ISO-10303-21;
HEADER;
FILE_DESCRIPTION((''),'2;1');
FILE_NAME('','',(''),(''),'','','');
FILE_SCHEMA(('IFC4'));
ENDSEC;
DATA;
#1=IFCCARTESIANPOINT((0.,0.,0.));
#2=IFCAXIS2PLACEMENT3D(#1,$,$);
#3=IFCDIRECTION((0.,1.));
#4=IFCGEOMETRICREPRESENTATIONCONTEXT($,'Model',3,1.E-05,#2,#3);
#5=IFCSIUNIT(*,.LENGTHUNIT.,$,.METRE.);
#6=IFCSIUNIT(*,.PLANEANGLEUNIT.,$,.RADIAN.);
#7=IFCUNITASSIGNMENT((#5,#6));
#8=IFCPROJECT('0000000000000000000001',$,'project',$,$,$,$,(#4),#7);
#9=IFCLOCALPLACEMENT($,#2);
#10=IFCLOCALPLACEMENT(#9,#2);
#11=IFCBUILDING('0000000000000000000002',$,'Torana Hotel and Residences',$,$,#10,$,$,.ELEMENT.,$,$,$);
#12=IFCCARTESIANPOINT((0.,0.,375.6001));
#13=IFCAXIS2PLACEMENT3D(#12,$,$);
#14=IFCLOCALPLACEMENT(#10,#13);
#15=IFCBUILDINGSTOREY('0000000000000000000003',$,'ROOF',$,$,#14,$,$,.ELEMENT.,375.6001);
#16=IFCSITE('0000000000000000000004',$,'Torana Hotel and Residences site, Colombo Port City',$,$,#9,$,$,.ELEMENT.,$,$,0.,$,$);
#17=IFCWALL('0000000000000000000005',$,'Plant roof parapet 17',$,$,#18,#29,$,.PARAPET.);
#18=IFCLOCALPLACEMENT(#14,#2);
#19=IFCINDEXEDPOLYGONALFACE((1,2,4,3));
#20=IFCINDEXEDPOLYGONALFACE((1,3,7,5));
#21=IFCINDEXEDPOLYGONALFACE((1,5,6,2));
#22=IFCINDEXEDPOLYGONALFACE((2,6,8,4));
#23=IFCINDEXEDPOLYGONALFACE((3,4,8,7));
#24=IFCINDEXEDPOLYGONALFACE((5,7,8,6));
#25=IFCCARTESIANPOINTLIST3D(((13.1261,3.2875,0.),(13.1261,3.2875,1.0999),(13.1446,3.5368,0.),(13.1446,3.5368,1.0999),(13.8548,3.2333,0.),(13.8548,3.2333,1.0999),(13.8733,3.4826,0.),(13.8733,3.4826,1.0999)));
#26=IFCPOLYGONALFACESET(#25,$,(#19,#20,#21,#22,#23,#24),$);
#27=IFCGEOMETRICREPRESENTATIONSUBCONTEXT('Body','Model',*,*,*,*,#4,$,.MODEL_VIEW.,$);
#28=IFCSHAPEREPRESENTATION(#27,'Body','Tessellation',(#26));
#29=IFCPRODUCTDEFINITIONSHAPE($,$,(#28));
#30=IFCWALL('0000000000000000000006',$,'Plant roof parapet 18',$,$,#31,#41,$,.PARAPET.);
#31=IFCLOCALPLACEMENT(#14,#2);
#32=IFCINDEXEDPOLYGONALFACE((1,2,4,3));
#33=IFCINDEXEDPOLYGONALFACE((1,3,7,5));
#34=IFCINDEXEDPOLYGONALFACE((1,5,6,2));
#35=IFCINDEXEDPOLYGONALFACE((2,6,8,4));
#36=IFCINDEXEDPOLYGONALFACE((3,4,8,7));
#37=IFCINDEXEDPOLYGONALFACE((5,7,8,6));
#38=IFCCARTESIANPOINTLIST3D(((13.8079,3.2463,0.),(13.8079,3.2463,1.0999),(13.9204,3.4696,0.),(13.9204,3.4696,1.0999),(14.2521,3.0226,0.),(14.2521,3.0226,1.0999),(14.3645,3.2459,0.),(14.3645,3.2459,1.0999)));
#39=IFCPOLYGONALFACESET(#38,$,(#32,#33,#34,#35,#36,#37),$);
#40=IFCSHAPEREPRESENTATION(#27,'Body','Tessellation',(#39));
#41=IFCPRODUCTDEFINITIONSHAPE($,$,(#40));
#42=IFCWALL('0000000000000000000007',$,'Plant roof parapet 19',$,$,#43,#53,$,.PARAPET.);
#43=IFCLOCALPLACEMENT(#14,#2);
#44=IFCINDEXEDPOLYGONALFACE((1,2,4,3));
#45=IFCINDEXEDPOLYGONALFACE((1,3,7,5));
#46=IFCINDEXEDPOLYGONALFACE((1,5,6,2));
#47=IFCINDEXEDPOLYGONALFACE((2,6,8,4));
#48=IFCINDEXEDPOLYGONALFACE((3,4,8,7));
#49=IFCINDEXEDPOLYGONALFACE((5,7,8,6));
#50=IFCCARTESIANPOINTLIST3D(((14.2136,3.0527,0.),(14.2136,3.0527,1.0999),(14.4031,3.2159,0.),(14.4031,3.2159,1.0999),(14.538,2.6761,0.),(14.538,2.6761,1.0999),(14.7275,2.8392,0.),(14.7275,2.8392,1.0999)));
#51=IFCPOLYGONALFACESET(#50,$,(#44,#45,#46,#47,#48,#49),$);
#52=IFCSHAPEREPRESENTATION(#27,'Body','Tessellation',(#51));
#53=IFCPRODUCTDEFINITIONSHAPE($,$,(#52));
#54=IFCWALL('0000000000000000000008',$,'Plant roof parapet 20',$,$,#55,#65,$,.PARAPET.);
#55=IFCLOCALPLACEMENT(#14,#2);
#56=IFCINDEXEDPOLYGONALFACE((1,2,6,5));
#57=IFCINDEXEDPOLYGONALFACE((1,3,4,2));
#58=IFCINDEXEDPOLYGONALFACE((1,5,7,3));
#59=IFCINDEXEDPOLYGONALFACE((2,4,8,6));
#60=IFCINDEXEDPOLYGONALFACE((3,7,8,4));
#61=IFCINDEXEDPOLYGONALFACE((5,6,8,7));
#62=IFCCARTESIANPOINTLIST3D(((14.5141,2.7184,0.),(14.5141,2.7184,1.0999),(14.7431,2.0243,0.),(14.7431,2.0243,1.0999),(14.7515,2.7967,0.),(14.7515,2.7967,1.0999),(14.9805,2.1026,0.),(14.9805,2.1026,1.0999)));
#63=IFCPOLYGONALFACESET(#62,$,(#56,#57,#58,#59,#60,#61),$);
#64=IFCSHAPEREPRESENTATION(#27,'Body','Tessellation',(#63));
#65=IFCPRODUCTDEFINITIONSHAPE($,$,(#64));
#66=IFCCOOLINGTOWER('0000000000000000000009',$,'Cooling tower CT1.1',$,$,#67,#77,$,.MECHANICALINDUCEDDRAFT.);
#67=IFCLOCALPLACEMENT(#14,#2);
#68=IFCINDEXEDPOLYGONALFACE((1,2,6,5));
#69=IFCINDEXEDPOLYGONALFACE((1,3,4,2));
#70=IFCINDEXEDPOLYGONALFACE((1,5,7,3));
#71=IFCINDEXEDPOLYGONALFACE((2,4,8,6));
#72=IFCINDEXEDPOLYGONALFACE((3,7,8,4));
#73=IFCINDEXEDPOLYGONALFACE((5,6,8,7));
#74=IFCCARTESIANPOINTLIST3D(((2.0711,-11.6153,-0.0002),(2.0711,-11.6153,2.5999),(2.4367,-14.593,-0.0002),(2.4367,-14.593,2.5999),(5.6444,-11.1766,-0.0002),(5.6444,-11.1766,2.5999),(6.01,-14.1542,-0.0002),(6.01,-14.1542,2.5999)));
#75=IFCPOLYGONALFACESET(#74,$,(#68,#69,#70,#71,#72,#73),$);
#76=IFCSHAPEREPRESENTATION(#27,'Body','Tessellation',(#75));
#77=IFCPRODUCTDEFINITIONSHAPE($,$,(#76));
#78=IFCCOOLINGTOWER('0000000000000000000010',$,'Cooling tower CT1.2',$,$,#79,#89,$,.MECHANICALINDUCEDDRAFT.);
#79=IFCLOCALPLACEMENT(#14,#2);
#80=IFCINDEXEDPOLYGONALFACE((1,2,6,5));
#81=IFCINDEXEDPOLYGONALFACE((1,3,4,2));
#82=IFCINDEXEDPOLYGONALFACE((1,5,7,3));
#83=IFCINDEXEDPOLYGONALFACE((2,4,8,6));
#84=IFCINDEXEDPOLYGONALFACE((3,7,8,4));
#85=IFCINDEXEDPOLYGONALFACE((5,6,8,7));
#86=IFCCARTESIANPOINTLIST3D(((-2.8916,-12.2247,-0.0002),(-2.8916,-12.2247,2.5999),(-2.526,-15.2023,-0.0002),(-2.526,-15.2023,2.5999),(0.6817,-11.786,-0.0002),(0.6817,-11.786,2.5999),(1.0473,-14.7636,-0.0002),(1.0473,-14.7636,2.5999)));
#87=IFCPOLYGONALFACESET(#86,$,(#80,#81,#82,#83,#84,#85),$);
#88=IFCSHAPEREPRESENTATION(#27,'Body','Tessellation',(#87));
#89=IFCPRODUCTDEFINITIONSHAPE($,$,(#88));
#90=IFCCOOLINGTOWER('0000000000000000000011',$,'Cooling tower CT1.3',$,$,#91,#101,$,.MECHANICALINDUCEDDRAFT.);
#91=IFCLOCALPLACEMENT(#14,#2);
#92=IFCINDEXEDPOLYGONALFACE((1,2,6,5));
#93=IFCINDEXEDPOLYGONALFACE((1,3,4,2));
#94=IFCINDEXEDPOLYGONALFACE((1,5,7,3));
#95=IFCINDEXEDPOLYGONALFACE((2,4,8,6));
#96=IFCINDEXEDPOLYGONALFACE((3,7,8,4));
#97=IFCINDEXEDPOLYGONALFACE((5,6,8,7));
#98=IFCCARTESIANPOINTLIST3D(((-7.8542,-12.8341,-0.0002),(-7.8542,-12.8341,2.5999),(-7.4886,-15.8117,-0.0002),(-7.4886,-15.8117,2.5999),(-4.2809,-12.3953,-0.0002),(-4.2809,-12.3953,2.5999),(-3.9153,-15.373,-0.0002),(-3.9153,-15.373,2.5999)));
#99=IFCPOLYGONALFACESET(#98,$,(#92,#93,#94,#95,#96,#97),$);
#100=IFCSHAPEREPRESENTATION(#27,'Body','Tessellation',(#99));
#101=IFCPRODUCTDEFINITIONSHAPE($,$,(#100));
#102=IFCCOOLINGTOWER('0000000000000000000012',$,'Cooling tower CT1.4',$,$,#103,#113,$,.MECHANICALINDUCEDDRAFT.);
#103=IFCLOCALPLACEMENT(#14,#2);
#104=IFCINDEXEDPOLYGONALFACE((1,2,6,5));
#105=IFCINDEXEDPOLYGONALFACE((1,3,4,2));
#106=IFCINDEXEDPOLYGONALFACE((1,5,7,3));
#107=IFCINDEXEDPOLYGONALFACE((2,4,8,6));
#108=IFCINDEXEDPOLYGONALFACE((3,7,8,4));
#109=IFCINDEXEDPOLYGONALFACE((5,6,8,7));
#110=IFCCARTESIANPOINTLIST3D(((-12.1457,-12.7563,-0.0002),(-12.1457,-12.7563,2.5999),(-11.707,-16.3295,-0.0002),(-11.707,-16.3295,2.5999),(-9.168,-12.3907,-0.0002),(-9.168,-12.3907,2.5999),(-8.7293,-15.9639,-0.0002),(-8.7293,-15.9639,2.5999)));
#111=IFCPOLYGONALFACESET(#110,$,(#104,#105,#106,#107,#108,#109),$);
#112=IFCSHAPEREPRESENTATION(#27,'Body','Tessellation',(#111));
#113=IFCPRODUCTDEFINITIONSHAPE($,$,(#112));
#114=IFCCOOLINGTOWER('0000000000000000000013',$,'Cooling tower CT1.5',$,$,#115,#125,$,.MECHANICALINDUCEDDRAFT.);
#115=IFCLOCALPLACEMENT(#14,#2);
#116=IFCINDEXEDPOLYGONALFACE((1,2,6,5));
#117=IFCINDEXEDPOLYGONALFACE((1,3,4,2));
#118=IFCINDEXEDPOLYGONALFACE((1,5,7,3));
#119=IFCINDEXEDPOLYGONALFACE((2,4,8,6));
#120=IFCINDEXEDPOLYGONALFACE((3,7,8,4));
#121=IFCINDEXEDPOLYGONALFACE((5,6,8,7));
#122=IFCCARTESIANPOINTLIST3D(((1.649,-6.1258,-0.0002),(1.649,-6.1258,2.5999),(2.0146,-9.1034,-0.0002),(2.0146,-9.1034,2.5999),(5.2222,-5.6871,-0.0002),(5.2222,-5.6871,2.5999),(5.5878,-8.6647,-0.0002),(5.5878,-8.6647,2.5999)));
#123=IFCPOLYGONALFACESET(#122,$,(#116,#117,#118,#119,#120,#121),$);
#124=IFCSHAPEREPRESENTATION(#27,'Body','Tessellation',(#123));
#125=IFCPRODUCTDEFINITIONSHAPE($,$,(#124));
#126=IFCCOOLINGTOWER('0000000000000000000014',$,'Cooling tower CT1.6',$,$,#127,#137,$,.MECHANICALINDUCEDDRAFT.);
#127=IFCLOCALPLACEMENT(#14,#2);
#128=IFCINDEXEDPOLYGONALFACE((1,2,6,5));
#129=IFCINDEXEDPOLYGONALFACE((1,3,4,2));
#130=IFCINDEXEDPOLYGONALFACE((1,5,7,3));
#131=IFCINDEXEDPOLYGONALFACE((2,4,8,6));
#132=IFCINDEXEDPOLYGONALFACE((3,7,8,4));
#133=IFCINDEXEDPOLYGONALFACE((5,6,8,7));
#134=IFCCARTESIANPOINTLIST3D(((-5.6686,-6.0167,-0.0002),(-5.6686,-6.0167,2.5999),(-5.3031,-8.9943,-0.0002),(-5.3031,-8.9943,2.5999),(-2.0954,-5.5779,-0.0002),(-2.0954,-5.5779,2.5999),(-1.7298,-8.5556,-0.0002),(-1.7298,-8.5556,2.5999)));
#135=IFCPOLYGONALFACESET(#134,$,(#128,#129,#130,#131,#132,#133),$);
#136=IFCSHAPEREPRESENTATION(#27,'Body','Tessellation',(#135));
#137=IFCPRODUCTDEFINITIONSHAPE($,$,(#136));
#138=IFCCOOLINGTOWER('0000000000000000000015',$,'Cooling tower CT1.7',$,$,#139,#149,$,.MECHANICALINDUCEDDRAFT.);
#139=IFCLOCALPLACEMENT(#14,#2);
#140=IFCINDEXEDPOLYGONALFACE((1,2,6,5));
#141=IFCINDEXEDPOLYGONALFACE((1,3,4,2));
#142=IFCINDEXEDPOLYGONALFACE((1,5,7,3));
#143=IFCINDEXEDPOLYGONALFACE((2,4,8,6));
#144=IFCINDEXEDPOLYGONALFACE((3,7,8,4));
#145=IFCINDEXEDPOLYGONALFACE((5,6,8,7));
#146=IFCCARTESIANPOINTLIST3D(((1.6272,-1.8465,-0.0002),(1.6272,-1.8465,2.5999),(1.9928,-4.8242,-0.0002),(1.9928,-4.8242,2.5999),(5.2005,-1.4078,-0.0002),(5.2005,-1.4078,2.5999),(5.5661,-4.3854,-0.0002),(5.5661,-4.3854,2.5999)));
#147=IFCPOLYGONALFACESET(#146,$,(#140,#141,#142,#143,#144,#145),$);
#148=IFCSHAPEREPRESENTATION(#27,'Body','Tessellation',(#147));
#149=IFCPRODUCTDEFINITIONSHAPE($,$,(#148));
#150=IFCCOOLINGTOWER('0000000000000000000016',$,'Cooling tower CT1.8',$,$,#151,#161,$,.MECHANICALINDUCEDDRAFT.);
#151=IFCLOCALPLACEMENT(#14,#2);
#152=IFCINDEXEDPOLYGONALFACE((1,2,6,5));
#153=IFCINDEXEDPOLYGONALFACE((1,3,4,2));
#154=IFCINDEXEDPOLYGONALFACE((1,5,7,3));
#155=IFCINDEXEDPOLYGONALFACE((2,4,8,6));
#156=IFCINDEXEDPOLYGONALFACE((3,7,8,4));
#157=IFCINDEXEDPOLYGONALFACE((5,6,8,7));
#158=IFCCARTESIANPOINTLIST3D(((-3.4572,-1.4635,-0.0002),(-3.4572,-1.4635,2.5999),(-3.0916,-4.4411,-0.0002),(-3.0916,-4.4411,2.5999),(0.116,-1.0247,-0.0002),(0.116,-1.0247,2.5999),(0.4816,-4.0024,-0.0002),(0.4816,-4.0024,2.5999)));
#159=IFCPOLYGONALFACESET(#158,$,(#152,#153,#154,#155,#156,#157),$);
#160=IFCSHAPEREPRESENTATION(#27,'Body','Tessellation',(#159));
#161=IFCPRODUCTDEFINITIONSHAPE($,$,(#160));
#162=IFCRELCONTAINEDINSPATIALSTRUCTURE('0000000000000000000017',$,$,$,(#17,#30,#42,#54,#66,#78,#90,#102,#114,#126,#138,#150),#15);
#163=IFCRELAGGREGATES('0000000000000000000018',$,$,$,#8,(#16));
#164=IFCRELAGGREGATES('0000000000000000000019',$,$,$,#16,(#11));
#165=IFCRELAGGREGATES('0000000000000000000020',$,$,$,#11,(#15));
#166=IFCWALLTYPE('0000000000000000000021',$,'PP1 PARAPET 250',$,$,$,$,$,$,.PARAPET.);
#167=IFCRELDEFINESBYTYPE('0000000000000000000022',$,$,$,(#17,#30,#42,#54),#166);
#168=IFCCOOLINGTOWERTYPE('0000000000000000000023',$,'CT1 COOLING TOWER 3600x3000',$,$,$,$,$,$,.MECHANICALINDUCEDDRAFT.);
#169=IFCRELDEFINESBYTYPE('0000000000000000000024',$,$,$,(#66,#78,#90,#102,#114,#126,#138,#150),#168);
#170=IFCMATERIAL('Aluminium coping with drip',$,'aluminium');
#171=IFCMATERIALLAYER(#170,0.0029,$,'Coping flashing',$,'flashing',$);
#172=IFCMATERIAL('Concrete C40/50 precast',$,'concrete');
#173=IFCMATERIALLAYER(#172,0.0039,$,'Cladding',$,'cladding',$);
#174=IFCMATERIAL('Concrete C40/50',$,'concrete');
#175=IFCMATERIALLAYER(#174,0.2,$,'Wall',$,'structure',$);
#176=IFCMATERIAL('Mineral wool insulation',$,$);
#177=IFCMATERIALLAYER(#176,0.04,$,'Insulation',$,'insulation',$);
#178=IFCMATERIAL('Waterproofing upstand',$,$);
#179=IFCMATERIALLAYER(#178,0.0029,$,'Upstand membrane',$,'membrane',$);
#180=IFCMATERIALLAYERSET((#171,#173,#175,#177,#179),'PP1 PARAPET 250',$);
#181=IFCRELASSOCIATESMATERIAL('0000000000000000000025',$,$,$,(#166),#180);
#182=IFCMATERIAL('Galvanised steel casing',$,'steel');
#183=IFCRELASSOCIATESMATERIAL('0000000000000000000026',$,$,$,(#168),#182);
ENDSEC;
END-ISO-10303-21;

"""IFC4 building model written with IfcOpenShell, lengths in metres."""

from ifc_helpers import new_model, si_unit, direction, frame, frame_2d, origin, origin_2d, place, context, subcontext, project, spatial, rectangle, extrude, material, layer, layer_set, type_object, element, save


model = new_model("IFC4")

# Units and contexts
model_context = context("Model", 3, precision=1e-05, world=origin(), true_north=direction((0.0, 1.0)))
body_context = subcontext(model_context, "Body", "Model", "MODEL_VIEW")
ifc_project = project(units=[si_unit("LENGTHUNIT", "METRE"), si_unit("PLANEANGLEUNIT", "RADIAN")], contexts=[model_context])

# Site, building, storey
site_placement = place(None, origin())
site = spatial("IfcSite", under=ifc_project, at=site_placement, Name="Torana Hotel and Residences site, Colombo Port City", CompositionType="ELEMENT", RefElevation=0.0)
building_placement = place(site_placement, origin())
building = spatial("IfcBuilding", under=site, at=building_placement, Name="Torana Hotel and Residences", CompositionType="ELEMENT")
storey_placement = place(building_placement, frame((0.0, 0.0, 375.6001)))
storey = spatial("IfcBuildingStorey", under=building, at=storey_placement, Name="ROOF", CompositionType="ELEMENT", Elevation=375.6001)

# Walls
ifc_material_1 = material(Name="Aluminium coping with drip", Category="aluminium")
ifc_layer_1 = layer(ifc_material_1, 0.0029, Name="Coping flashing", Category="flashing")
ifc_material_2 = material(Name="Concrete C40/50 precast", Category="concrete")
ifc_layer_2 = layer(ifc_material_2, 0.0039, Name="Cladding", Category="cladding")
ifc_material_3 = material(Name="Concrete C40/50", Category="concrete")
ifc_layer_3 = layer(ifc_material_3, 0.2, Name="Wall", Category="structure")
ifc_material_4 = material(Name="Mineral wool insulation")
ifc_layer_4 = layer(ifc_material_4, 0.04, Name="Insulation", Category="insulation")
ifc_material_5 = material(Name="Waterproofing upstand")
ifc_layer_5 = layer(ifc_material_5, 0.0029, Name="Upstand membrane", Category="membrane")
ifc_layer_set_1 = layer_set([ifc_layer_1, ifc_layer_2, ifc_layer_3, ifc_layer_4, ifc_layer_5], Name="PP1 PARAPET 250")
wall_type_1 = type_object("IfcWallType", Name="PP1 PARAPET 250", PredefinedType="PARAPET", material=ifc_layer_set_1)
wall_1_placement = place(storey_placement, frame((13.1355, 3.4121, 0.0), z_axis=(0.0, 0.0, 1.0), x_axis=(0.997246, -0.074167, 0.0)))
element("IfcWall", 1, at=wall_1_placement, inside=storey, type_object=wall_type_1, Name="Plant roof parapet 17", PredefinedType="PARAPET", context=body_context, shape_type="SweptSolid", body=[
    extrude(rectangle(XDim=0.7307, YDim=0.25, at=frame_2d((0.3652, 0.0))), origin(), (0.0, 0.0, 1.0), 1.0999),
])
wall_2_placement = place(storey_placement, frame((13.8643, 3.3579, 0.0), z_axis=(0.0, 0.0, 1.0), x_axis=(0.893147, -0.449765, 0.0)))
element("IfcWall", 2, at=wall_2_placement, inside=storey, type_object=wall_type_1, Name="Plant roof parapet 18", PredefinedType="PARAPET", context=body_context, shape_type="SweptSolid", body=[
    extrude(rectangle(XDim=0.4973, YDim=0.25, at=frame_2d((0.2485, 0.0))), origin(), (0.0, 0.0, 1.0), 1.0999),
])
wall_3_placement = place(storey_placement, frame((14.3083, 3.1343, 0.0), z_axis=(0.0, 0.0, 1.0), x_axis=(0.652609, -0.757695, 0.0)))
element("IfcWall", 3, at=wall_3_placement, inside=storey, type_object=wall_type_1, Name="Plant roof parapet 19", PredefinedType="PARAPET", context=body_context, shape_type="SweptSolid", body=[
    extrude(rectangle(XDim=0.4971, YDim=0.25, at=frame_2d((0.2485, 0.0))), origin(), (0.0, 0.0, 1.0), 1.0999),
])
wall_4_placement = place(storey_placement, frame((14.6328, 2.7576, 0.0), z_axis=(0.0, 0.0, 1.0), x_axis=(0.31332, -0.949648, 0.0)))
element("IfcWall", 4, at=wall_4_placement, inside=storey, type_object=wall_type_1, Name="Plant roof parapet 20", PredefinedType="PARAPET", context=body_context, shape_type="SweptSolid", body=[
    extrude(rectangle(XDim=0.731, YDim=0.25, at=frame_2d((0.3655, 0.0))), origin(), (0.0, 0.0, 1.0), 1.0999),
])

# Cooling towers
ifc_material_6 = material(Name="Galvanised steel casing", Category="steel")
cooling_tower_type = type_object("IfcCoolingTowerType", Name="CT1 COOLING TOWER 3600x3000", PredefinedType="MECHANICALINDUCEDDRAFT", material=ifc_material_6)
for number, where, z_axis, x_axis, name in (
    (5, (4.0405, -12.8848, -0.0002), (0.0, 0.0, 1.0), (0.992547, 0.121866, 0.0), "Cooling tower CT1.1"),
    (6, (-0.9221, -13.4941, -0.0002), (0.0, 0.0, 1.0), (0.992547, 0.121866, 0.0), "Cooling tower CT1.2"),
    (7, (-5.8848, -14.1035, -0.0002), (0.0, 0.0, 1.0), (0.992547, 0.121866, 0.0), "Cooling tower CT1.3"),
):
    element("IfcCoolingTower", number, at=place(storey_placement, frame(where, z_axis=z_axis, x_axis=x_axis)), inside=storey, type_object=cooling_tower_type, Name=name, PredefinedType="MECHANICALINDUCEDDRAFT", context=body_context, shape_type="SweptSolid", body=[
        extrude(rectangle(XDim=3.6001, YDim=3.0, at=origin_2d()), origin(), (0.0, 0.0, 1.0), 2.6001),
    ])
cooling_tower_placement = place(storey_placement, frame((-10.4375, -14.3601, -0.0002), z_axis=(0.0, 0.0, 1.0), x_axis=(0.992547, 0.121866, 0.0)))
element("IfcCoolingTower", 8, at=cooling_tower_placement, inside=storey, type_object=cooling_tower_type, Name="Cooling tower CT1.4", PredefinedType="MECHANICALINDUCEDDRAFT", context=body_context, shape_type="SweptSolid", body=[
    extrude(rectangle(XDim=3.0, YDim=3.6001, at=origin_2d()), origin(), (0.0, 0.0, 1.0), 2.6001),
])
for number, where, z_axis, x_axis, name in (
    (9, (3.6184, -7.3953, -0.0002), (0.0, 0.0, 1.0), (0.992547, 0.121866, 0.0), "Cooling tower CT1.5"),
    (10, (-3.6992, -7.2861, -0.0002), (0.0, 0.0, 1.0), (0.992547, 0.121866, 0.0), "Cooling tower CT1.6"),
    (11, (3.5967, -3.116, -0.0002), (0.0, 0.0, 1.0), (0.992547, 0.121866, 0.0), "Cooling tower CT1.7"),
    (12, (-1.4878, -2.7329, -0.0002), (0.0, 0.0, 1.0), (0.992547, 0.121866, 0.0), "Cooling tower CT1.8"),
):
    element("IfcCoolingTower", number, at=place(storey_placement, frame(where, z_axis=z_axis, x_axis=x_axis)), inside=storey, type_object=cooling_tower_type, Name=name, PredefinedType="MECHANICALINDUCEDDRAFT", context=body_context, shape_type="SweptSolid", body=[
        extrude(rectangle(XDim=3.6001, YDim=3.0, at=origin_2d()), origin(), (0.0, 0.0, 1.0), 2.6001),
    ])

save(model, "model.ifc")
